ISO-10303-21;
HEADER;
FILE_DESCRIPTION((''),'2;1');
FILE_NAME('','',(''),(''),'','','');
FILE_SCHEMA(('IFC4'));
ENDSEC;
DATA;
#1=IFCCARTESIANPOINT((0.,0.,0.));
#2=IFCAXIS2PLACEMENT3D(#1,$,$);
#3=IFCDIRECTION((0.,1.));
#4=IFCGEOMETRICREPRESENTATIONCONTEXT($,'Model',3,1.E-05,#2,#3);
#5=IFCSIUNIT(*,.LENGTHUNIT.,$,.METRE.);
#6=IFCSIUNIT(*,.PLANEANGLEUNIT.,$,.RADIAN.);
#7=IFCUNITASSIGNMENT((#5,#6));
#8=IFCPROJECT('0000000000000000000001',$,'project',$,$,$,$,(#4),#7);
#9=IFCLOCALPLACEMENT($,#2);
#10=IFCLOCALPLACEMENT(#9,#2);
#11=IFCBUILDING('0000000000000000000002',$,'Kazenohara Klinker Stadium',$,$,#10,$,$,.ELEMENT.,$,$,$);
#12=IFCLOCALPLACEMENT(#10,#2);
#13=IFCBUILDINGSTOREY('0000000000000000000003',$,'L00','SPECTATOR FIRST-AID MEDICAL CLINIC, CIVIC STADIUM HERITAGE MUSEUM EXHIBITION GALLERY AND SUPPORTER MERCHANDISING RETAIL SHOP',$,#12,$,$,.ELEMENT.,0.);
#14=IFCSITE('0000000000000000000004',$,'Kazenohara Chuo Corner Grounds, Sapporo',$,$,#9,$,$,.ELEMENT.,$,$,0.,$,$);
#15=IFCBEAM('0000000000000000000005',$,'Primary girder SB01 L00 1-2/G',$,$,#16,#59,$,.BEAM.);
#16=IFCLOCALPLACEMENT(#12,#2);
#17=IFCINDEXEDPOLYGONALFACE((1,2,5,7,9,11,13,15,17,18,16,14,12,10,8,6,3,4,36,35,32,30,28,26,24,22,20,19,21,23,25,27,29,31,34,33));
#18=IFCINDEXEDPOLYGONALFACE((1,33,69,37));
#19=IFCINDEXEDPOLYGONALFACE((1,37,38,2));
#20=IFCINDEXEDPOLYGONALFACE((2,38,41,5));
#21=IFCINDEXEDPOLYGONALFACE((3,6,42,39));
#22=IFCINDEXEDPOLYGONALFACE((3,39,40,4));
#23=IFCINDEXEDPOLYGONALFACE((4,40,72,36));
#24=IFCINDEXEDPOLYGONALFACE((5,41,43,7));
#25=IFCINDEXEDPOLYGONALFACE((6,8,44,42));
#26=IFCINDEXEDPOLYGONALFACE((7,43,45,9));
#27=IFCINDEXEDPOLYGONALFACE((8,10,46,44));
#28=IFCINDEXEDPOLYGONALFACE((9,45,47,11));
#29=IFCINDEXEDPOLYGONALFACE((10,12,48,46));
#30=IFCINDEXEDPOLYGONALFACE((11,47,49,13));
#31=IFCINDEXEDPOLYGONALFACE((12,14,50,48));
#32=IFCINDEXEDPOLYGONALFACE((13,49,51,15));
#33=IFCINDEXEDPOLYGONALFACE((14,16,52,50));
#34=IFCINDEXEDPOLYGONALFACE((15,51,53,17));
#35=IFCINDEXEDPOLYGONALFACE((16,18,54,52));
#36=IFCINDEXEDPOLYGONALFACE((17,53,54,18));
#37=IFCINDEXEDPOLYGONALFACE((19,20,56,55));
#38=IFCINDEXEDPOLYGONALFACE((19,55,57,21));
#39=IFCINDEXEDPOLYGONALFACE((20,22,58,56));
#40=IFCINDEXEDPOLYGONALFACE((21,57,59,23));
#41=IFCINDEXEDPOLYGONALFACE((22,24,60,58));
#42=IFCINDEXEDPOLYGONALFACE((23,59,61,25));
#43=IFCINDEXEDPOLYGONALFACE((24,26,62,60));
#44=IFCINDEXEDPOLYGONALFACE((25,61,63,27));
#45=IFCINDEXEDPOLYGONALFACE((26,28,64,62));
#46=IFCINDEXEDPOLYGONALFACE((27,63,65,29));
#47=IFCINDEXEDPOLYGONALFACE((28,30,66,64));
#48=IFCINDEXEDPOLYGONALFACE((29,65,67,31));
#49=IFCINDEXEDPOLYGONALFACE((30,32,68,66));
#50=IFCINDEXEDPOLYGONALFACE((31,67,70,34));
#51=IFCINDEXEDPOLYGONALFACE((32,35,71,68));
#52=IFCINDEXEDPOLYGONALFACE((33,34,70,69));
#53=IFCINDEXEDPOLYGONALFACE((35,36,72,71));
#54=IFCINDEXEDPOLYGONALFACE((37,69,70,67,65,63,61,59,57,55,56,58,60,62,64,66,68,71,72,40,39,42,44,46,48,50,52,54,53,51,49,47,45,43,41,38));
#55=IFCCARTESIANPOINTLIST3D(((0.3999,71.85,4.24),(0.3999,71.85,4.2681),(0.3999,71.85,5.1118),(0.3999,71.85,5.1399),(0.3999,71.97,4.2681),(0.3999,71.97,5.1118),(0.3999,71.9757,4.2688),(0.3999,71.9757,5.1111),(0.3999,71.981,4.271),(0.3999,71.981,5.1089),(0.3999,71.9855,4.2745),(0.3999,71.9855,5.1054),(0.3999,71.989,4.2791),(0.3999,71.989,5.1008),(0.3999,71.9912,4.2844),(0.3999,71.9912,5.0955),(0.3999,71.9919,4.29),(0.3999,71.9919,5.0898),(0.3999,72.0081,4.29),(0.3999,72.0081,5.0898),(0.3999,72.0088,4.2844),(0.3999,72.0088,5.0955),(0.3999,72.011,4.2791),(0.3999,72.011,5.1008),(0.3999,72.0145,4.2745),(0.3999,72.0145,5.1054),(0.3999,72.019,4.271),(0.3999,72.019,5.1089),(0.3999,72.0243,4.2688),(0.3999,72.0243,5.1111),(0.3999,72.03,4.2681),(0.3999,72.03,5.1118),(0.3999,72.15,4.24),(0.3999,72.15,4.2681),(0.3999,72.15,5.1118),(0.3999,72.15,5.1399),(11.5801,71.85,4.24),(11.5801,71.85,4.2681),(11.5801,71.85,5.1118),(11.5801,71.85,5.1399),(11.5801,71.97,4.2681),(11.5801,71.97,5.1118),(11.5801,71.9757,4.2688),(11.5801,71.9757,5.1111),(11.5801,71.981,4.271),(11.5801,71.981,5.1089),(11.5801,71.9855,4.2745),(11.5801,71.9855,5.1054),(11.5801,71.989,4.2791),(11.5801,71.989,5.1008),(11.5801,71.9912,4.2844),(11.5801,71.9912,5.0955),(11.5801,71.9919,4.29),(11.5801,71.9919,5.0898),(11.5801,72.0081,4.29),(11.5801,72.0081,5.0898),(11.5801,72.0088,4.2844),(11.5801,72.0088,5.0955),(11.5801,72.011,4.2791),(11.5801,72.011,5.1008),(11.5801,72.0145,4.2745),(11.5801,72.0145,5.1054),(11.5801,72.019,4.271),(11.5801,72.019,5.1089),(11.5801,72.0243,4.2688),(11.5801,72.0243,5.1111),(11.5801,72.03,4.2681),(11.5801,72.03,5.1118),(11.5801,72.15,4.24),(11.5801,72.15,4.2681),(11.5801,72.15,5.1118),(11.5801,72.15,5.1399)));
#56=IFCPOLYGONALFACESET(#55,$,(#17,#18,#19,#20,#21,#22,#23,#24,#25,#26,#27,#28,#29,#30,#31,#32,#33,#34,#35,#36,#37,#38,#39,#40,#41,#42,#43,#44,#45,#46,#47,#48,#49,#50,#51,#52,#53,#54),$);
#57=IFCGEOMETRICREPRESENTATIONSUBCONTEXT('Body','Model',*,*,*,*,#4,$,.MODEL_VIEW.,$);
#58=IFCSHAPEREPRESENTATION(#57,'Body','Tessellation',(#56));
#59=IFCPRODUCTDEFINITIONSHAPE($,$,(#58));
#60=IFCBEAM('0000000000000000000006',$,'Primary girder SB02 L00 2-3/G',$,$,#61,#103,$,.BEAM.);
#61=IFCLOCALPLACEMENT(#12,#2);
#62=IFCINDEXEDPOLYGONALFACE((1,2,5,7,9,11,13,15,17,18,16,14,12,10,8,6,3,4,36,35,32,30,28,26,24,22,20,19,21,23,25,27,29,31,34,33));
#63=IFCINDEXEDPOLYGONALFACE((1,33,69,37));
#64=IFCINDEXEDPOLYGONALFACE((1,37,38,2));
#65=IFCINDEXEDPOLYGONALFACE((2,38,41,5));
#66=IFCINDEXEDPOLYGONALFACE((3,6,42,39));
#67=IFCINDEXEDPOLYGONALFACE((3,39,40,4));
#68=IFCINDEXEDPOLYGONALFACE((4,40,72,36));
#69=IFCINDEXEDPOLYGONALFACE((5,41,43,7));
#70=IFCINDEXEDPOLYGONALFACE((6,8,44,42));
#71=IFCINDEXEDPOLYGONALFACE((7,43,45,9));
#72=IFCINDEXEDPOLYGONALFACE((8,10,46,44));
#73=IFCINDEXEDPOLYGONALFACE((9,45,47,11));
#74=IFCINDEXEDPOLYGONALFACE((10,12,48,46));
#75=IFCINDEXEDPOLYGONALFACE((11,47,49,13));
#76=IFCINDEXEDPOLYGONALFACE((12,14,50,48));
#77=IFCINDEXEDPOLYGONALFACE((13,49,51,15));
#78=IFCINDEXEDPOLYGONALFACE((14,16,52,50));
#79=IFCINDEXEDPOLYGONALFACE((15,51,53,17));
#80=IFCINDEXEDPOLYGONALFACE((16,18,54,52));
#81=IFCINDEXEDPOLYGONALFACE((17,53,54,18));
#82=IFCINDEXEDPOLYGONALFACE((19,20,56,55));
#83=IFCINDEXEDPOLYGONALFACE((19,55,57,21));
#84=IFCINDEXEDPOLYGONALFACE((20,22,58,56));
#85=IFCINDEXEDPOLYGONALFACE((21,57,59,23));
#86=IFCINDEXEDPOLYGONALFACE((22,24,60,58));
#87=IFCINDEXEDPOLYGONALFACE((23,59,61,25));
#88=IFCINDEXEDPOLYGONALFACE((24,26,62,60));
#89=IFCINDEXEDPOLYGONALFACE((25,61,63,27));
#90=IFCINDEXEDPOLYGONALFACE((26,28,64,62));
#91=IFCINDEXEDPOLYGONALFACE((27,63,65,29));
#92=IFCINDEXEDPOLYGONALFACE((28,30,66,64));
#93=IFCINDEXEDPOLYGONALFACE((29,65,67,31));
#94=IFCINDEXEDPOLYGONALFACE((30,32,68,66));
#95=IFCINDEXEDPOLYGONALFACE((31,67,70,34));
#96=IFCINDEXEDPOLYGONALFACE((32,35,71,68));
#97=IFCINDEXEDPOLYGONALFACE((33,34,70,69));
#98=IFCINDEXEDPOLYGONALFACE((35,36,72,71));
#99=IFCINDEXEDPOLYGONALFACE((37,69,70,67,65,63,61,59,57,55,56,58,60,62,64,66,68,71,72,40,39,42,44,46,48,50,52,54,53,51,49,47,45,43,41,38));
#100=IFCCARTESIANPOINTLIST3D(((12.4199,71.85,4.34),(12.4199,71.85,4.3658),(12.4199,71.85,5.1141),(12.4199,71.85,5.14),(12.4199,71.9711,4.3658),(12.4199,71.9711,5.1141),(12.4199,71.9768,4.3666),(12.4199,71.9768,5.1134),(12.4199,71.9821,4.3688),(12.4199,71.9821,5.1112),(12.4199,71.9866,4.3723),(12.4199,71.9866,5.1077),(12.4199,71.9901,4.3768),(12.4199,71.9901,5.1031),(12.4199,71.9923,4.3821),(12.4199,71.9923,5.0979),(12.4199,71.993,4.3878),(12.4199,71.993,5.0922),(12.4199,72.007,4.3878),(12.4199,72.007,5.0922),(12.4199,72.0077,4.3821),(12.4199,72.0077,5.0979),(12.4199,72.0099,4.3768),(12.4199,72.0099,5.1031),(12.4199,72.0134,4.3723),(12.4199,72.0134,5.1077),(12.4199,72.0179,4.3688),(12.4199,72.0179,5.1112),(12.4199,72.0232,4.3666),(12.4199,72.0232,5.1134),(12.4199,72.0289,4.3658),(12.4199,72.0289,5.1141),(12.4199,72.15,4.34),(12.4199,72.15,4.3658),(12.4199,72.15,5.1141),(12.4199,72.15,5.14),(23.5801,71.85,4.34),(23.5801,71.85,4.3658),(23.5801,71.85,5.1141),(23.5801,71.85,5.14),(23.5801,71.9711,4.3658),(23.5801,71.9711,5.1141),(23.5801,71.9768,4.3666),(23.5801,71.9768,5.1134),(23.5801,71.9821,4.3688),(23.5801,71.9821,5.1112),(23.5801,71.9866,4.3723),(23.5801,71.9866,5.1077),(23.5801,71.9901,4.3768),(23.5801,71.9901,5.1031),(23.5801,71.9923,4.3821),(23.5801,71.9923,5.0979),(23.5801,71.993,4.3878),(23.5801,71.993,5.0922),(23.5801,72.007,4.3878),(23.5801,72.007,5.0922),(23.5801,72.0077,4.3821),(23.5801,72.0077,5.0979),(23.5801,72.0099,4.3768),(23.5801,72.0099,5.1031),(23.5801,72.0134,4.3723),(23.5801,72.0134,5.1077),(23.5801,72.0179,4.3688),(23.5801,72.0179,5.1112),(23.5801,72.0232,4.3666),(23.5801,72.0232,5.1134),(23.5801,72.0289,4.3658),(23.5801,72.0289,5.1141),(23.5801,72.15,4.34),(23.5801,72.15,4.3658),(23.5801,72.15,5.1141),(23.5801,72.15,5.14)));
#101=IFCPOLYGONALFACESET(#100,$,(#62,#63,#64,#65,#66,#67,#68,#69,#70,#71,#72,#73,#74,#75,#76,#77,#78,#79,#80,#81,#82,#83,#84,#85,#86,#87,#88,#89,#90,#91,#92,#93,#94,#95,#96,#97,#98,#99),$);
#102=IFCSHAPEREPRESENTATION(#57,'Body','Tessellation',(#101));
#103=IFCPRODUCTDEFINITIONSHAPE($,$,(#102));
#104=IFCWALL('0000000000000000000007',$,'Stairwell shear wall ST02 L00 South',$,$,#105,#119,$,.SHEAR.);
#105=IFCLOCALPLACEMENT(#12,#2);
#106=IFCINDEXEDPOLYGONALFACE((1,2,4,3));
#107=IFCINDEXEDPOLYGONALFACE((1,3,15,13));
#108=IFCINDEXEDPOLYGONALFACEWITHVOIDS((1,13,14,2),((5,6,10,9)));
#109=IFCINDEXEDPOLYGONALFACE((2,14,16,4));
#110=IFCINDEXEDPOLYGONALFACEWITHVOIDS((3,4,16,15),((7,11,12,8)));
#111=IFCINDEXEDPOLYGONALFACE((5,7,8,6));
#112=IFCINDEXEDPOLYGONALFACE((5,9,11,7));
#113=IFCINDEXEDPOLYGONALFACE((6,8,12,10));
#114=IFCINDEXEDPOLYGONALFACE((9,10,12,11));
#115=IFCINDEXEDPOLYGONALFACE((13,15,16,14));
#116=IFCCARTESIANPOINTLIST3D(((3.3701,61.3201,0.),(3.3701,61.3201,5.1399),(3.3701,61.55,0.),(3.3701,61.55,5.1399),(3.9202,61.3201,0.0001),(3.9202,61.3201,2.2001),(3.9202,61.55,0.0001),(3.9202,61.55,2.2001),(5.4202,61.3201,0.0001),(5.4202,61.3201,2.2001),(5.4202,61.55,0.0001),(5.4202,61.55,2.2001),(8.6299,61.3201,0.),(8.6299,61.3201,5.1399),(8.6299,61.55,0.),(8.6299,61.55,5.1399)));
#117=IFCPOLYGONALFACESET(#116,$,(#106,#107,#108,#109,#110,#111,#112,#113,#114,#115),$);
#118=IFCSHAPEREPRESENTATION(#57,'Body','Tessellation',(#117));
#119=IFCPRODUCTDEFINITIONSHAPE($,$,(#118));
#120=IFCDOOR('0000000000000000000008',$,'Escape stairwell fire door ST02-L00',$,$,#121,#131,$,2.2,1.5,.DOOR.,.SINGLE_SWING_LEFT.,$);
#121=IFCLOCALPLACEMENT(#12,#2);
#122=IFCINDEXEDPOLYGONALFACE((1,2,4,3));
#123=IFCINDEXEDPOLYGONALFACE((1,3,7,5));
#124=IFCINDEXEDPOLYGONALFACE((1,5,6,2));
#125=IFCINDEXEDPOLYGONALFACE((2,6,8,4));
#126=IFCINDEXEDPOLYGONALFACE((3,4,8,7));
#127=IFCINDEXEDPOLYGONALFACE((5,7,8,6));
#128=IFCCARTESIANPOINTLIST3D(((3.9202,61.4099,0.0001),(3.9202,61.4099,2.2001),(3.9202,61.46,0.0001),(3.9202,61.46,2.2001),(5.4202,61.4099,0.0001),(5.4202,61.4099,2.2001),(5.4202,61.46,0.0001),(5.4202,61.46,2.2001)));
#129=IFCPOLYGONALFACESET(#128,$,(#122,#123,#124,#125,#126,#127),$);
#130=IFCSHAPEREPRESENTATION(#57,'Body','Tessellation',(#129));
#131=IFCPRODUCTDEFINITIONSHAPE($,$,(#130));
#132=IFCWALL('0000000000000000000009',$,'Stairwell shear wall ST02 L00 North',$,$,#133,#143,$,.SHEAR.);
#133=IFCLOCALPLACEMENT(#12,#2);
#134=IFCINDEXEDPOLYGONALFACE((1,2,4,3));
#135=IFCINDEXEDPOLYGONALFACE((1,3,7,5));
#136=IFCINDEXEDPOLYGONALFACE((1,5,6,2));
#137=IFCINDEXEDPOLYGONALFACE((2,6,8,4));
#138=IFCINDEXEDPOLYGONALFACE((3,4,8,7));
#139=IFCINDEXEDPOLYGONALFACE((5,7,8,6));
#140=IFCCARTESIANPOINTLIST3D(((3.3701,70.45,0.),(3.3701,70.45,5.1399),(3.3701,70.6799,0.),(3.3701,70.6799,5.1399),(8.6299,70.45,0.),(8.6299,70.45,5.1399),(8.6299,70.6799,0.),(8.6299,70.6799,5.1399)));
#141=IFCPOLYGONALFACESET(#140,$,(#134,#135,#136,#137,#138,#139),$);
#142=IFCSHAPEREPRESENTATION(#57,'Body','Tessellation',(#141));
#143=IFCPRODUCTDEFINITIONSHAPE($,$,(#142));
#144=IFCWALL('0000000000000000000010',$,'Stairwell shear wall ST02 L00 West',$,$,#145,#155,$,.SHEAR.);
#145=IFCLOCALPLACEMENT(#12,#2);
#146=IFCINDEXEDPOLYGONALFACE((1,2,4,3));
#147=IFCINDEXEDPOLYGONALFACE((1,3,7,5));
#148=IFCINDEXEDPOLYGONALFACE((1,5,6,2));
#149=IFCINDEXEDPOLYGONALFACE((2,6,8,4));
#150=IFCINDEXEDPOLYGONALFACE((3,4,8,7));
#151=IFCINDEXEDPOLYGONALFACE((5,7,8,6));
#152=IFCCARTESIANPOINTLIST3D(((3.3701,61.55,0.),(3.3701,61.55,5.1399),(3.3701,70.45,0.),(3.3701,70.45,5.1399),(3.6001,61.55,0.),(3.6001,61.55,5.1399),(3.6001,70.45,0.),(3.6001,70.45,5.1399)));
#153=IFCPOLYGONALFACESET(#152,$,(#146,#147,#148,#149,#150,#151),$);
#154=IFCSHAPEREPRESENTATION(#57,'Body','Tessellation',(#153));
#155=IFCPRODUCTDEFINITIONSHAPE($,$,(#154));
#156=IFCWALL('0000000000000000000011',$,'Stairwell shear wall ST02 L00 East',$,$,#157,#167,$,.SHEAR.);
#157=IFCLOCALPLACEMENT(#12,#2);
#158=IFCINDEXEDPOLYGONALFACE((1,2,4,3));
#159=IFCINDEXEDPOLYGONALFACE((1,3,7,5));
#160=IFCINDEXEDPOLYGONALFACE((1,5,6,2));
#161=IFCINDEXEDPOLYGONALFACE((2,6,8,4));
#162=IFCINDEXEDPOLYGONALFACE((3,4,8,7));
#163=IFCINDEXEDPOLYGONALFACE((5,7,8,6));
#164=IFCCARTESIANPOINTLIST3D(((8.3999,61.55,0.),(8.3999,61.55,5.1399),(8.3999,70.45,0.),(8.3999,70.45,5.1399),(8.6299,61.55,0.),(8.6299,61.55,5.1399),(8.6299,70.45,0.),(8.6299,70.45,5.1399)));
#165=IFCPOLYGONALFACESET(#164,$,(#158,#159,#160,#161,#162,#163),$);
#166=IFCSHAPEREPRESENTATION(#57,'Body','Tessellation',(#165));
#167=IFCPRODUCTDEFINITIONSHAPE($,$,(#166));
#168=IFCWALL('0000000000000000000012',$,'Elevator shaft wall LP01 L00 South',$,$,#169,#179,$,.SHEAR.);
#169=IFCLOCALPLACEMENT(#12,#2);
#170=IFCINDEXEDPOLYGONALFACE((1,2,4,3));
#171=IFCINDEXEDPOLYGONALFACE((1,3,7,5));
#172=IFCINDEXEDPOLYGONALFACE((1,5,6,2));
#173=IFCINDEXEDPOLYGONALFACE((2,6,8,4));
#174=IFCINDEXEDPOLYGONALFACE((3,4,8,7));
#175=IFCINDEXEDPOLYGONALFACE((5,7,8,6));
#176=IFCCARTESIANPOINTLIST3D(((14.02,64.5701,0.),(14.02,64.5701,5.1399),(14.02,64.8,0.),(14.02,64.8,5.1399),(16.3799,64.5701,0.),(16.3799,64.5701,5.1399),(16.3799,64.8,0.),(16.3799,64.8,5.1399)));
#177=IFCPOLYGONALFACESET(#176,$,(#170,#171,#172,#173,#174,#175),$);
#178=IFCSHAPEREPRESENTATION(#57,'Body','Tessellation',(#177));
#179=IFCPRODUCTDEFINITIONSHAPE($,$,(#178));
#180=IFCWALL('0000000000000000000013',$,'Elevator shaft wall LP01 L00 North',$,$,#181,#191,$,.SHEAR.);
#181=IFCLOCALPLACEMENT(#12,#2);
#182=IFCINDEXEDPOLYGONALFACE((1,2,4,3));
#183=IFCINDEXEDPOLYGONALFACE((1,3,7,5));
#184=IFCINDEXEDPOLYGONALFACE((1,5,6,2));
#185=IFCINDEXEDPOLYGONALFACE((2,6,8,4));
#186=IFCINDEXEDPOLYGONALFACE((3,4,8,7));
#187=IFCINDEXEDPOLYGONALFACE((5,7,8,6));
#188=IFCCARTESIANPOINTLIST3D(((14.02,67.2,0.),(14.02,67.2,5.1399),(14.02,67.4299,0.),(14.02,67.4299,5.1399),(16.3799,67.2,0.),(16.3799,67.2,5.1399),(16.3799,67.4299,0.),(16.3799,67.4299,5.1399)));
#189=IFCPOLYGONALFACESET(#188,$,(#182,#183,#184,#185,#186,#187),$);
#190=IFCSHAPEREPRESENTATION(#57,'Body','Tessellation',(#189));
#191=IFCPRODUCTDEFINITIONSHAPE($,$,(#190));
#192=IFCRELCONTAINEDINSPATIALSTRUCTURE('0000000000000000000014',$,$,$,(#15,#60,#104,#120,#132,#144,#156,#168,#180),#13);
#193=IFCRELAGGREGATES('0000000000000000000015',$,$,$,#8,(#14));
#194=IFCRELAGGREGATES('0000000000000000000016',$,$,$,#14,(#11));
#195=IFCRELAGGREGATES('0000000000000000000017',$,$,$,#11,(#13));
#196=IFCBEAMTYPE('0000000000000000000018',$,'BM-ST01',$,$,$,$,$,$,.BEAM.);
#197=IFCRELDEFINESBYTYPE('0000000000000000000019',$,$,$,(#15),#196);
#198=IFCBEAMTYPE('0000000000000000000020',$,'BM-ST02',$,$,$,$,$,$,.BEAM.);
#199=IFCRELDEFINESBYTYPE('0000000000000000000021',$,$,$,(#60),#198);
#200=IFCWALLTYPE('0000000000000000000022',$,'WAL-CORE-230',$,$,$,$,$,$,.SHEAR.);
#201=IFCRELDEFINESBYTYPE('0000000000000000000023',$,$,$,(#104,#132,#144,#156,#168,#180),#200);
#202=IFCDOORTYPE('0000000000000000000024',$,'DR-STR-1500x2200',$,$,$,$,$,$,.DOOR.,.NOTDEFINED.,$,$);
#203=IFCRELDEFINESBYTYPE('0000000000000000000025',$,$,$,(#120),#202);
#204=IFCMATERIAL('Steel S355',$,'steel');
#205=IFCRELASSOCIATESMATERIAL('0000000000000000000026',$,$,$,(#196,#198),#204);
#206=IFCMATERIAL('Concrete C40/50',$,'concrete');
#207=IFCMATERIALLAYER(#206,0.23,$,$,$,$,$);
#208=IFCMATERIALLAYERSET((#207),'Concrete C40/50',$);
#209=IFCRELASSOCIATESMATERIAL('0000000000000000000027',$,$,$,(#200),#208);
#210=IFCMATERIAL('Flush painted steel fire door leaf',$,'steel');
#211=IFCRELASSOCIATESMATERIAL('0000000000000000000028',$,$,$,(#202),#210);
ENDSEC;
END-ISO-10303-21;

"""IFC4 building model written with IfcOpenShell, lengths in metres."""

from ifc_helpers import new_model, si_unit, direction, frame, frame_2d, origin, origin_2d, place, context, subcontext, project, spatial, rectangle, i_section, extrude, material, layer, layer_set, material_profile, profile_set, type_object, element, fill, save


model = new_model("IFC4")

# Units and contexts
model_context = context("Model", 3, precision=1e-05, world=origin(), true_north=direction((0.0, 1.0)))
body_context = subcontext(model_context, "Body", "Model", "MODEL_VIEW")
ifc_project = project(units=[si_unit("LENGTHUNIT", "METRE"), si_unit("PLANEANGLEUNIT", "RADIAN")], contexts=[model_context])

# Site, building, storey
site_placement = place(None, origin())
site = spatial("IfcSite", under=ifc_project, at=site_placement, Name="Kazenohara Chuo Corner Grounds, Sapporo", CompositionType="ELEMENT", RefElevation=0.0)
building_placement = place(site_placement, origin())
building = spatial("IfcBuilding", under=site, at=building_placement, Name="Kazenohara Klinker Stadium", CompositionType="ELEMENT")
storey_placement = place(building_placement, origin())
storey = spatial("IfcBuildingStorey", under=building, at=storey_placement, Name="L00", Description="SPECTATOR FIRST-AID MEDICAL CLINIC, CIVIC STADIUM HERITAGE MUSEUM EXHIBITION GALLERY AND SUPPORTER MERCHANDISING RETAIL SHOP", CompositionType="ELEMENT", Elevation=0.0)

# Shared definitions
ifc_material_1 = material(Name="Concrete C40/50", Category="concrete")

# Beams
ifc_material_2 = material(Name="Steel S355", Category="steel")
ifc_material_profile_1 = material_profile(ifc_material_2, i_section(OverallWidth=0.3, OverallDepth=0.8999, WebThickness=0.0161, FlangeThickness=0.0281, FilletRadius=0.022, at=origin_2d()), Name="H-900x300x16x28")
ifc_profile_set_1 = profile_set([ifc_material_profile_1], Name="Steel S355")
beam_type_1 = type_object("IfcBeamType", Name="BM-ST01", PredefinedType="BEAM", material=ifc_profile_set_1)
beam_1_placement = place(storey_placement, frame((0.3999, 72.0, 4.6899), z_axis=(1.0, 0.0, 0.0), x_axis=(0.0, 1.0, 0.0)))
element("IfcBeam", 1, at=beam_1_placement, inside=storey, type_object=beam_type_1, Name="Primary girder SB01 L00 1-2/G", PredefinedType="BEAM", context=body_context, shape_type="SweptSolid", body=[
    extrude(i_section(OverallWidth=0.3, OverallDepth=0.8999, WebThickness=0.0161, FlangeThickness=0.0281, FilletRadius=0.022, at=origin_2d()), origin(), (0.0, 0.0, 1.0), 11.1802),
])
ifc_material_profile_2 = material_profile(ifc_material_2, i_section(OverallWidth=0.3, OverallDepth=0.8, WebThickness=0.0139, FlangeThickness=0.0259, FilletRadius=0.022, at=origin_2d()), Name="H-800x300x14x26")
ifc_profile_set_2 = profile_set([ifc_material_profile_2], Name="Steel S355")
beam_type_2 = type_object("IfcBeamType", Name="BM-ST02", PredefinedType="BEAM", material=ifc_profile_set_2)
beam_2_placement = place(storey_placement, frame((12.4199, 72.0, 4.74), z_axis=(1.0, 0.0, 0.0), x_axis=(0.0, 1.0, 0.0)))
element("IfcBeam", 2, at=beam_2_placement, inside=storey, type_object=beam_type_2, Name="Primary girder SB02 L00 2-3/G", PredefinedType="BEAM", context=body_context, shape_type="SweptSolid", body=[
    extrude(i_section(OverallWidth=0.3, OverallDepth=0.8, WebThickness=0.0139, FlangeThickness=0.0259, FilletRadius=0.022, at=origin_2d()), origin(), (0.0, 0.0, 1.0), 11.1602),
])

# Wall, opening, door
ifc_layer_1 = layer(ifc_material_1, 0.23)
ifc_layer_set_1 = layer_set([ifc_layer_1], Name="Concrete C40/50")
wall_type_1 = type_object("IfcWallType", Name="WAL-CORE-230", PredefinedType="SHEAR", material=ifc_layer_set_1)
wall_1_placement = place(storey_placement, frame((3.3701, 61.4351, 0.0), z_axis=(0.0, 0.0, 1.0), x_axis=(1.0, 0.0, 0.0)))
wall_1 = element("IfcWall", 3, at=wall_1_placement, inside=storey, type_object=wall_type_1, Name="Stairwell shear wall ST02 L00 South", PredefinedType="SHEAR", context=body_context, shape_type="SweptSolid", body=[
    extrude(rectangle(XDim=5.2598, YDim=0.23, at=frame_2d((2.6299, 0.0))), origin(), (0.0, 0.0, 1.0), 5.1399),
])
opening_1_placement = place(wall_1_placement, frame((0.55, 0.0, 0.0)))
opening_1 = element("IfcOpeningElement", 4, at=opening_1_placement, cuts=wall_1, PredefinedType="OPENING", context=body_context, shape_type="SweptSolid", body=[
    extrude(rectangle(XDim=1.5, YDim=2.2, at=frame_2d((0.75, 1.1001))), frame((0.0, 0.125, 0.0), z_axis=(0.0, -1.0, 0.0), x_axis=(1.0, 0.0, 0.0)), (0.0, 0.0, 1.0), 0.25),
])
ifc_material_3 = material(Name="Flush painted steel fire door leaf", Category="steel")
door_type_1 = type_object("IfcDoorType", Name="DR-STR-1500x2200", OperationType="NOTDEFINED", PredefinedType="DOOR", material=ifc_material_3)
door_1_placement = place(opening_1_placement, origin())
door_1 = element("IfcDoor", 5, at=door_1_placement, inside=storey, type_object=door_type_1, Name="Escape stairwell fire door ST02-L00", OperationType="SINGLE_SWING_LEFT", OverallHeight=2.2, OverallWidth=1.5, PredefinedType="DOOR", context=body_context, shape_type="SweptSolid", body=[
    extrude(rectangle(XDim=1.5, YDim=2.2, at=frame_2d((0.75, 1.1001))), frame((0.0, 0.0249, 0.0), z_axis=(0.0, -1.0, 0.0), x_axis=(1.0, 0.0, 0.0)), (0.0, 0.0, 1.0), 0.05),
])
fill(opening_1, door_1)

# Walls
wall_2_placement = place(storey_placement, frame((3.3701, 70.5649, 0.0), z_axis=(0.0, 0.0, 1.0), x_axis=(1.0, 0.0, 0.0)))
element("IfcWall", 6, at=wall_2_placement, inside=storey, type_object=wall_type_1, Name="Stairwell shear wall ST02 L00 North", PredefinedType="SHEAR", context=body_context, shape_type="SweptSolid", body=[
    extrude(rectangle(XDim=5.2598, YDim=0.23, at=frame_2d((2.6299, 0.0))), origin(), (0.0, 0.0, 1.0), 5.1399),
])
for number, where, z_axis, x_axis, name in (
    (7, (3.4851, 61.55, 0.0), (0.0, 0.0, 1.0), (0.0, 1.0, 0.0), "Stairwell shear wall ST02 L00 West"),
    (8, (8.5149, 61.55, 0.0), (0.0, 0.0, 1.0), (0.0, 1.0, 0.0), "Stairwell shear wall ST02 L00 East"),
):
    element("IfcWall", number, at=place(storey_placement, frame(where, z_axis=z_axis, x_axis=x_axis)), inside=storey, type_object=wall_type_1, Name=name, PredefinedType="SHEAR", context=body_context, shape_type="SweptSolid", body=[
        extrude(rectangle(XDim=8.8999, YDim=0.23, at=frame_2d((4.45, 0.0))), origin(), (0.0, 0.0, 1.0), 5.1399),
    ])
for number, where, z_axis, x_axis, name in (
    (9, (14.02, 64.6851, 0.0), (0.0, 0.0, 1.0), (1.0, 0.0, 0.0), "Elevator shaft wall LP01 L00 South"),
    (10, (14.02, 67.3149, 0.0), (0.0, 0.0, 1.0), (1.0, 0.0, 0.0), "Elevator shaft wall LP01 L00 North"),
):
    element("IfcWall", number, at=place(storey_placement, frame(where, z_axis=z_axis, x_axis=x_axis)), inside=storey, type_object=wall_type_1, Name=name, PredefinedType="SHEAR", context=body_context, shape_type="SweptSolid", body=[
        extrude(rectangle(XDim=2.3599, YDim=0.23, at=frame_2d((1.1799, 0.0))), origin(), (0.0, 0.0, 1.0), 5.1399),
    ])

save(model, "model.ifc")
